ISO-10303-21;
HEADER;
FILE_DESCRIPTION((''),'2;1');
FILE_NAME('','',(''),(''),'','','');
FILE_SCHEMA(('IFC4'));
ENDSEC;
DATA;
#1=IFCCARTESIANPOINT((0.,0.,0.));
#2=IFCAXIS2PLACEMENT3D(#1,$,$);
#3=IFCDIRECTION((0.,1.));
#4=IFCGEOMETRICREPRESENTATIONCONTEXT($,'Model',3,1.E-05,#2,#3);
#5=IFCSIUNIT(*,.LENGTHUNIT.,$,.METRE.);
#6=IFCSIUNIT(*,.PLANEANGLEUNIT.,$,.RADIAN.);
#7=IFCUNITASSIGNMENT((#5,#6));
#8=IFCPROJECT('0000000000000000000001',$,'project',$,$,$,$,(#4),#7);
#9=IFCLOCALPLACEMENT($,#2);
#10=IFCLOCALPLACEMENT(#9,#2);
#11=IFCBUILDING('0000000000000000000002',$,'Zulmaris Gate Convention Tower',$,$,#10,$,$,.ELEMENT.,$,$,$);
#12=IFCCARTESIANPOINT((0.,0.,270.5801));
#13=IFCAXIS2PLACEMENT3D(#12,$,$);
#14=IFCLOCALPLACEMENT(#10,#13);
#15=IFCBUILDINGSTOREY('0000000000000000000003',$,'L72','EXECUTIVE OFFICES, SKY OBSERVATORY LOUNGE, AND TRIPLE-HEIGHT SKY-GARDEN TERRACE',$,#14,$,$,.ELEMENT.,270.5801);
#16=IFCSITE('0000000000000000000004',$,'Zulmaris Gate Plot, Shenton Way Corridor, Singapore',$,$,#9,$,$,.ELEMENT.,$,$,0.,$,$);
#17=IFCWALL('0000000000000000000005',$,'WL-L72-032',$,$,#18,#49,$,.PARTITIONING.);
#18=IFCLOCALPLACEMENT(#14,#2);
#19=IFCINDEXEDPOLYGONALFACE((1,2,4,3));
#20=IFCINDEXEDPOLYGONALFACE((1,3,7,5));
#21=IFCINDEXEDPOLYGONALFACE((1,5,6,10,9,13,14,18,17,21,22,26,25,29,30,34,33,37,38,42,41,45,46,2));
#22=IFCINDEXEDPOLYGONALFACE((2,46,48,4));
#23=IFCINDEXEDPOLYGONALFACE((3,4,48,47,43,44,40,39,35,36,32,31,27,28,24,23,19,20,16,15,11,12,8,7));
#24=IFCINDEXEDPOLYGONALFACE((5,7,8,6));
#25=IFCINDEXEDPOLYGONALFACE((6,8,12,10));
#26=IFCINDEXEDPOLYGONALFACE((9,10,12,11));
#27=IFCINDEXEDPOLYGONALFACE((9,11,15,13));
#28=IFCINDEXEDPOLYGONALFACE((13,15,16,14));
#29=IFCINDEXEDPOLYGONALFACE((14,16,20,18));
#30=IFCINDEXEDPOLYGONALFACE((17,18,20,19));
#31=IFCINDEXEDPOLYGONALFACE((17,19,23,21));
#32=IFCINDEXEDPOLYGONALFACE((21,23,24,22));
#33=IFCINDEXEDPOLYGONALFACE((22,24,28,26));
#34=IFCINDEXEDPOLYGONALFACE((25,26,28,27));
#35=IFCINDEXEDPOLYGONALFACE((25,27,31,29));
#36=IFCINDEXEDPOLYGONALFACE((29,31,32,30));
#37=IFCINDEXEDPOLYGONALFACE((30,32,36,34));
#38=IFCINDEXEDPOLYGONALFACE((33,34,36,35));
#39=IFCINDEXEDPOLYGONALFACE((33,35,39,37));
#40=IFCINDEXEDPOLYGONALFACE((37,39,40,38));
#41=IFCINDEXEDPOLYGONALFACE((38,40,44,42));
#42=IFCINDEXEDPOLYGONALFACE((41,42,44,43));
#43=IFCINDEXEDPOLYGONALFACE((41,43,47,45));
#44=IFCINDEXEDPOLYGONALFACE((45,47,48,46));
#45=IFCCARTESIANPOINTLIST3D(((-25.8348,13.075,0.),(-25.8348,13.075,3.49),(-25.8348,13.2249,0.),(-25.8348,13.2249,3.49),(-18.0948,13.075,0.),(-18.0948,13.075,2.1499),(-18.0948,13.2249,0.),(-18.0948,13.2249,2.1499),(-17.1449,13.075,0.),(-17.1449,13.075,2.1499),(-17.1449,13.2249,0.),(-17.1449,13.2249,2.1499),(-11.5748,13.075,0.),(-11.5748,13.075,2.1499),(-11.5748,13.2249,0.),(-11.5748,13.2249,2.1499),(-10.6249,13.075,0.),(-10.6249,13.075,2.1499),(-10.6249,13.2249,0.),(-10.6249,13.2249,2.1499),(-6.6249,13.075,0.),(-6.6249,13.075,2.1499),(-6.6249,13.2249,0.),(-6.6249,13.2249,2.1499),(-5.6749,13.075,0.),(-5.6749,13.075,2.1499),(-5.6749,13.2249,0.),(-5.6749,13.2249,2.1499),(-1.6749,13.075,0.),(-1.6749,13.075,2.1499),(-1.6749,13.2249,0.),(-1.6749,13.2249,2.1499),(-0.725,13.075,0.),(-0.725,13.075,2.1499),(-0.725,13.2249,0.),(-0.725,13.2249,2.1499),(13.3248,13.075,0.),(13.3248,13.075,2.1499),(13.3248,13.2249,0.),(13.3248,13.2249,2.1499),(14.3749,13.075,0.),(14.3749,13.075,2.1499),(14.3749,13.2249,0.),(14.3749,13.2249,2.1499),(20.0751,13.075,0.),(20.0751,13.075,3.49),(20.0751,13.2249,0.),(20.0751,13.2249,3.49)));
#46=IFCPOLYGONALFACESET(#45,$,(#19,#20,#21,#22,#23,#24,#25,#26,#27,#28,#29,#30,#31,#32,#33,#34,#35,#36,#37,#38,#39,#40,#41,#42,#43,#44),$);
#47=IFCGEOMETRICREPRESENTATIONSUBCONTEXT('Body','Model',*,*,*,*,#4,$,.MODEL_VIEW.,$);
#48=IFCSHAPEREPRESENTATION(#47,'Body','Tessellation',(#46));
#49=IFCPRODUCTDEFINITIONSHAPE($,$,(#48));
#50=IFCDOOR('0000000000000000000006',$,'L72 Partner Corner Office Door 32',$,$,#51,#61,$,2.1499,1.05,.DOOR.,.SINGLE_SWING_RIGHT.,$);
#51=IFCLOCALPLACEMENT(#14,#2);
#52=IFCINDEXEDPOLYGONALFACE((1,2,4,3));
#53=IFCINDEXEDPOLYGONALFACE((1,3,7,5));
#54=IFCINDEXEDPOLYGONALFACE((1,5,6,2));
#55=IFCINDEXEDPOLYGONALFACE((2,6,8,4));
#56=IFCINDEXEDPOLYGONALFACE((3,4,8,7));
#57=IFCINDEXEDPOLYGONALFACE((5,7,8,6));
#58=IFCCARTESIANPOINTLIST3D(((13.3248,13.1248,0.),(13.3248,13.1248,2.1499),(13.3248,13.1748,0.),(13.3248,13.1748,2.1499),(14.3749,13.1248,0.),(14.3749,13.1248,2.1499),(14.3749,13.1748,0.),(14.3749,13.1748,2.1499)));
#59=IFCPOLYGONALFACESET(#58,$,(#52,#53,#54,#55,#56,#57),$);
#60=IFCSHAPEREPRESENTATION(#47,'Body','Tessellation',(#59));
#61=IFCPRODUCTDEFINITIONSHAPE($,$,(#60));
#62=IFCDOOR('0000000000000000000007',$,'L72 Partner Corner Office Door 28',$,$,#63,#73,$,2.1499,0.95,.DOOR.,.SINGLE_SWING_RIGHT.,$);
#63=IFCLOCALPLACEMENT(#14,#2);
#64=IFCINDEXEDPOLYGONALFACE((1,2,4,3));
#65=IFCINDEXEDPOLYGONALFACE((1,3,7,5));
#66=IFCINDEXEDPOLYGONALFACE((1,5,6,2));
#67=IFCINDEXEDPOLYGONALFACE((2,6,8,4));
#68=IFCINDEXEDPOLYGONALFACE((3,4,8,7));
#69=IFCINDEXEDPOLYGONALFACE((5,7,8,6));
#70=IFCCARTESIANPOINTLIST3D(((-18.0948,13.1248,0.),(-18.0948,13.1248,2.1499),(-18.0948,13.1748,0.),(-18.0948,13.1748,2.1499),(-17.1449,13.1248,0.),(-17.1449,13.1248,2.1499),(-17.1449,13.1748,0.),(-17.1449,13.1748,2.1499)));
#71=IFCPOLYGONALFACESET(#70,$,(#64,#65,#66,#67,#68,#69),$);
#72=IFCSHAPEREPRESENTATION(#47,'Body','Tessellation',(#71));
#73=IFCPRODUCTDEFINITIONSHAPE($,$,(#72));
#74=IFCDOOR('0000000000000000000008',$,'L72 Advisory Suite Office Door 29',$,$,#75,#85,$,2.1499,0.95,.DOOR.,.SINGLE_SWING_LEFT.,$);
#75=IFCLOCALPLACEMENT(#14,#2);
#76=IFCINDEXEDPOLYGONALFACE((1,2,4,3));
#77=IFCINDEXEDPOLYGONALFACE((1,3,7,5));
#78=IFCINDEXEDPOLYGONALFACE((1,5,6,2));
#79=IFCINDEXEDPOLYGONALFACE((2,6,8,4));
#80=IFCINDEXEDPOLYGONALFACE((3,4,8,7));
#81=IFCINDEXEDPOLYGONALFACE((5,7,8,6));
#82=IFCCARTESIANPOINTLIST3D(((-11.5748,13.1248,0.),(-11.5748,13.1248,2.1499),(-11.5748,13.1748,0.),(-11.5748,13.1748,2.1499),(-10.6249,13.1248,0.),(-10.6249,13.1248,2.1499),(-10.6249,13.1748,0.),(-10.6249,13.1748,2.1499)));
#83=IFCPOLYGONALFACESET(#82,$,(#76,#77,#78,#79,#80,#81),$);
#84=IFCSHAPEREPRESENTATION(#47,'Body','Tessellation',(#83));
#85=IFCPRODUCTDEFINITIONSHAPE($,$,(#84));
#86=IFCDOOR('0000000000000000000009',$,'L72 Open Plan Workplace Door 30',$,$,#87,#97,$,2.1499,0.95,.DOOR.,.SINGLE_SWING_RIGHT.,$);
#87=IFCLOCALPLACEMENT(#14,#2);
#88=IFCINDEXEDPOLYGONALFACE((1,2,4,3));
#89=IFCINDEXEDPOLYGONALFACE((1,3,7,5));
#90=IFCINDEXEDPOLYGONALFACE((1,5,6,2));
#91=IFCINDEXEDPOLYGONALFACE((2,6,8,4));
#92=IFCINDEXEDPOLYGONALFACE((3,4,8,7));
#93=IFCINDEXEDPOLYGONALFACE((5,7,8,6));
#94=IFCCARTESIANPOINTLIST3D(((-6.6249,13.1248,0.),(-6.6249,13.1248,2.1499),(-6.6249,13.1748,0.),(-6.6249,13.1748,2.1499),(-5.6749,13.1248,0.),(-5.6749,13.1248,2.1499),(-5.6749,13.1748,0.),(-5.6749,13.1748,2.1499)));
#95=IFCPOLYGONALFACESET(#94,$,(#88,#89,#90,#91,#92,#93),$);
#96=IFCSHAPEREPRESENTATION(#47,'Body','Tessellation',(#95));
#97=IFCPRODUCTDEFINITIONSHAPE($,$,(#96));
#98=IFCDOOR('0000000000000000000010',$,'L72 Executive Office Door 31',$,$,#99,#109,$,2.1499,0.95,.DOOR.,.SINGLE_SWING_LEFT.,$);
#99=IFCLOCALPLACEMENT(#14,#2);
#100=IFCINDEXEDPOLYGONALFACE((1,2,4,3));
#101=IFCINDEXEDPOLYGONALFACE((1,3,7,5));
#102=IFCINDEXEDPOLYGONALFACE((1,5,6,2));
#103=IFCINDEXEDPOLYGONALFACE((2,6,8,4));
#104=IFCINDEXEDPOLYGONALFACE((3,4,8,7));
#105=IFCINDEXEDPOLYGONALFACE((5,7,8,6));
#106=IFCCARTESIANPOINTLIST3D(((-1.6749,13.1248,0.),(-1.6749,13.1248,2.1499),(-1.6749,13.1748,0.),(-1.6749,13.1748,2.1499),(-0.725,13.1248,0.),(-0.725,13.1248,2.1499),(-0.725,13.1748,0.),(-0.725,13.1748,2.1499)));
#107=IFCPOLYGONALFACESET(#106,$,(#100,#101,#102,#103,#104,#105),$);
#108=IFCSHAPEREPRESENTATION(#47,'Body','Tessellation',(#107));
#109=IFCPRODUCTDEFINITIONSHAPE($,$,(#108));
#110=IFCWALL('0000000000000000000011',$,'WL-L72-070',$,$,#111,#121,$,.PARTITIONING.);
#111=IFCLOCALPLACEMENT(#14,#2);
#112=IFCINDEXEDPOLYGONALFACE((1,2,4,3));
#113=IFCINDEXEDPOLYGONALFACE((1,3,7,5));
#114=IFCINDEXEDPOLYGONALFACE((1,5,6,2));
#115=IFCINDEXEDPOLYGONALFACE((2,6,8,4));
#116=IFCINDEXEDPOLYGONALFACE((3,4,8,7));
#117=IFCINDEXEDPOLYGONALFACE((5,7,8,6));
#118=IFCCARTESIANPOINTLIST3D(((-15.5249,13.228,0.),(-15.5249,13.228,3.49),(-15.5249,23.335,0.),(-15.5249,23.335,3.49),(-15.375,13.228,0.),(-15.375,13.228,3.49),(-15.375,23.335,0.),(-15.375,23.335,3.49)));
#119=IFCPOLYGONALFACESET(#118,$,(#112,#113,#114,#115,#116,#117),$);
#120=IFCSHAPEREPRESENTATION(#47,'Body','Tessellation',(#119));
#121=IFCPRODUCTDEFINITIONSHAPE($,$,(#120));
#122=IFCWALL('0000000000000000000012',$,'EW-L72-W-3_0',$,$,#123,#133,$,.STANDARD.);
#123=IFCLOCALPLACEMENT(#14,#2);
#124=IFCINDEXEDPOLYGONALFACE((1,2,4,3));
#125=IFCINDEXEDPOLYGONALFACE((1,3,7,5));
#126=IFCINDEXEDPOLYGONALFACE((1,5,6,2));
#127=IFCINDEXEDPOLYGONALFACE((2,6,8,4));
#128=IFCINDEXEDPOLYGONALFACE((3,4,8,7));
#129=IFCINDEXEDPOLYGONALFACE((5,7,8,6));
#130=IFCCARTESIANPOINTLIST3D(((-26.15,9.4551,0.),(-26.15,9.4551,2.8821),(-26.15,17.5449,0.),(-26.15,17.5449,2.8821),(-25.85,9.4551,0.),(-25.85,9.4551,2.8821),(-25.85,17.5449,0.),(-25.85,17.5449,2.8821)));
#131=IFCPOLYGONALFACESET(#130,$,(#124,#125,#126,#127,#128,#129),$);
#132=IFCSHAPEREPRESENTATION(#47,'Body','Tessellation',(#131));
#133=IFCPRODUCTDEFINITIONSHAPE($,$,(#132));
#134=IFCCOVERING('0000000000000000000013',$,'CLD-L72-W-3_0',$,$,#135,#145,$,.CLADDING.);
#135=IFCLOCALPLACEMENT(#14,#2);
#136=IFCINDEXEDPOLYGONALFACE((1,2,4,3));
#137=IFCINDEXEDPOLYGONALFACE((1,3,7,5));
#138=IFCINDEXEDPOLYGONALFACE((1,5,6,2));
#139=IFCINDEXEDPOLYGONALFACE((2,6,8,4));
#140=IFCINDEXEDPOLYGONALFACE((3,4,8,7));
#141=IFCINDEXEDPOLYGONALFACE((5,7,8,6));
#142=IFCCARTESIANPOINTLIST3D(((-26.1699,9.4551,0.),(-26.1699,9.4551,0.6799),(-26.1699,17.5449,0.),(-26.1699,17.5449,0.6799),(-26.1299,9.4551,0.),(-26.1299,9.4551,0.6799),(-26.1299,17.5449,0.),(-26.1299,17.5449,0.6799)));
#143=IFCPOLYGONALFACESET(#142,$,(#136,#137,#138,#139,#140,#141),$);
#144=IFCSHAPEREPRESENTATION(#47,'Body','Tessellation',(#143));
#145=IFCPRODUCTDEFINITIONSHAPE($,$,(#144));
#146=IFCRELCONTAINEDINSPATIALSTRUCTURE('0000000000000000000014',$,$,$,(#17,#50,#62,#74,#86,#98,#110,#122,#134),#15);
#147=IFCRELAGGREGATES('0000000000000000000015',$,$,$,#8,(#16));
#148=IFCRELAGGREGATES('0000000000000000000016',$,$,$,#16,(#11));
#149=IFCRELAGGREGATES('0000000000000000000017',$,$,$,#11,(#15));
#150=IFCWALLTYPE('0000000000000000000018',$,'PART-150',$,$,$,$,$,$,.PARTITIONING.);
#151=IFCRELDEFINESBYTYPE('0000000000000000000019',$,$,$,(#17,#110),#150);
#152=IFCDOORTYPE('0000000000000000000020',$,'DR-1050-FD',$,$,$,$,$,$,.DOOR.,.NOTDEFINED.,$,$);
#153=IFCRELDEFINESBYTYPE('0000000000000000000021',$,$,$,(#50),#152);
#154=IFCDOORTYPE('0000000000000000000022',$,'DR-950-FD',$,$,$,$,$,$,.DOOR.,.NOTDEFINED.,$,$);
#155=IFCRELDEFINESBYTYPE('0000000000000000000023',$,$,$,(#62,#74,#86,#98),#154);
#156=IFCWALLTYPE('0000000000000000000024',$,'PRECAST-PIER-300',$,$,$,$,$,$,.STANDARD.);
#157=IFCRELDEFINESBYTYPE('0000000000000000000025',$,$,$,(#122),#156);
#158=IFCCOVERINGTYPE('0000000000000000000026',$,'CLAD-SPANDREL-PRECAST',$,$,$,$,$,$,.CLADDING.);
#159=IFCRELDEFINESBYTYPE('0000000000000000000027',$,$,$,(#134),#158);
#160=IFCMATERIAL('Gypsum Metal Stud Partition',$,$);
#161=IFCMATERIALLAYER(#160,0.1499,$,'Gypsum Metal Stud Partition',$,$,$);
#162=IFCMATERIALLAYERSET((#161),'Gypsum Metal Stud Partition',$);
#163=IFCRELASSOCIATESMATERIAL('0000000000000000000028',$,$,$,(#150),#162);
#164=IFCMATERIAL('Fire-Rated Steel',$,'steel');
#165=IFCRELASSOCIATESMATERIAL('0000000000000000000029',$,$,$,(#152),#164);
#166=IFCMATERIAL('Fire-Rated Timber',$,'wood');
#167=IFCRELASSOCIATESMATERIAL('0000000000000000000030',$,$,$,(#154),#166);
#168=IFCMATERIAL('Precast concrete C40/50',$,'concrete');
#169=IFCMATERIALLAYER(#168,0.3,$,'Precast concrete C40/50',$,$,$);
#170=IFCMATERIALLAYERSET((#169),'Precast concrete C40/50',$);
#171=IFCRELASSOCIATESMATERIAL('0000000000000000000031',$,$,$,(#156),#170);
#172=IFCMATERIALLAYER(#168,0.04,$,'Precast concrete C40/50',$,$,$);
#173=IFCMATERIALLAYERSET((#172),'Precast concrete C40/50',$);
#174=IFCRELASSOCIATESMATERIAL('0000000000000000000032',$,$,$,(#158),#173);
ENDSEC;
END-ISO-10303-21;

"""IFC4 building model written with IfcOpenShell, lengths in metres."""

from ifc_helpers import new_model, si_unit, direction, frame, frame_2d, origin, place, context, subcontext, project, spatial, rectangle, extrude, material, layer, layer_set, type_object, element, fill, save


model = new_model("IFC4")

# Units and contexts
model_context = context("Model", 3, precision=1e-05, world=origin(), true_north=direction((0.0, 1.0)))
body_context = subcontext(model_context, "Body", "Model", "MODEL_VIEW")
ifc_project = project(units=[si_unit("LENGTHUNIT", "METRE"), si_unit("PLANEANGLEUNIT", "RADIAN")], contexts=[model_context])

# Site, building, storey
site_placement = place(None, origin())
site = spatial("IfcSite", under=ifc_project, at=site_placement, Name="Zulmaris Gate Plot, Shenton Way Corridor, Singapore", CompositionType="ELEMENT", RefElevation=0.0)
building_placement = place(site_placement, origin())
building = spatial("IfcBuilding", under=site, at=building_placement, Name="Zulmaris Gate Convention Tower", CompositionType="ELEMENT")
storey_placement = place(building_placement, frame((0.0, 0.0, 270.5801)))
storey = spatial("IfcBuildingStorey", under=building, at=storey_placement, Name="L72", Description="EXECUTIVE OFFICES, SKY OBSERVATORY LOUNGE, AND TRIPLE-HEIGHT SKY-GARDEN TERRACE", CompositionType="ELEMENT", Elevation=270.5801)

# Shared definitions
ifc_material_1 = material(Name="Fire-Rated Steel", Category="steel")

# Wall, openings, doors
ifc_material_2 = material(Name="Gypsum Metal Stud Partition")
ifc_layer_1 = layer(ifc_material_2, 0.1499, Name="Gypsum Metal Stud Partition")
ifc_layer_set_1 = layer_set([ifc_layer_1], Name="Gypsum Metal Stud Partition")
wall_type_1 = type_object("IfcWallType", Name="PART-150", PredefinedType="PARTITIONING", material=ifc_layer_set_1)
wall_1_placement = place(storey_placement, frame((-25.835, 13.1499, 0.0), z_axis=(0.0, 0.0, 1.0), x_axis=(1.0, 0.0, 0.0)))
wall_1 = element("IfcWall", 1, at=wall_1_placement, inside=storey, type_object=wall_type_1, Name="WL-L72-032", PredefinedType="PARTITIONING", context=body_context, shape_type="SweptSolid", body=[
    extrude(rectangle(XDim=45.9099, YDim=0.1499, at=frame_2d((22.9551, 0.0))), origin(), (0.0, 0.0, 1.0), 3.49),
])
opening_1_placement = place(wall_1_placement, frame((7.74, 0.0, 0.0)))
opening_1 = element("IfcOpeningElement", 2, at=opening_1_placement, cuts=wall_1, PredefinedType="OPENING", context=body_context, shape_type="SweptSolid", body=[
    extrude(rectangle(XDim=0.95, YDim=2.1499, at=frame_2d((0.4751, 1.075))), frame((0.0, 0.085, 0.0), z_axis=(0.0, -1.0, 0.0), x_axis=(1.0, 0.0, 0.0)), (0.0, 0.0, 1.0), 0.1699),
])
opening_2_placement = place(wall_1_placement, frame((14.26, 0.0, 0.0)))
opening_2 = element("IfcOpeningElement", 3, at=opening_2_placement, cuts=wall_1, PredefinedType="OPENING", context=body_context, shape_type="SweptSolid", body=[
    extrude(rectangle(XDim=0.95, YDim=2.1499, at=frame_2d((0.4751, 1.075))), frame((0.0, 0.085, 0.0), z_axis=(0.0, -1.0, 0.0), x_axis=(1.0, 0.0, 0.0)), (0.0, 0.0, 1.0), 0.1699),
])
opening_3_placement = place(wall_1_placement, frame((19.21, 0.0, 0.0)))
opening_3 = element("IfcOpeningElement", 4, at=opening_3_placement, cuts=wall_1, PredefinedType="OPENING", context=body_context, shape_type="SweptSolid", body=[
    extrude(rectangle(XDim=0.95, YDim=2.1499, at=frame_2d((0.4751, 1.075))), frame((0.0, 0.085, 0.0), z_axis=(0.0, -1.0, 0.0), x_axis=(1.0, 0.0, 0.0)), (0.0, 0.0, 1.0), 0.1699),
])
opening_4_placement = place(wall_1_placement, frame((24.1599, 0.0, 0.0)))
opening_4 = element("IfcOpeningElement", 5, at=opening_4_placement, cuts=wall_1, PredefinedType="OPENING", context=body_context, shape_type="SweptSolid", body=[
    extrude(rectangle(XDim=0.95, YDim=2.1499, at=frame_2d((0.4751, 1.075))), frame((0.0, 0.085, 0.0), z_axis=(0.0, -1.0, 0.0), x_axis=(1.0, 0.0, 0.0)), (0.0, 0.0, 1.0), 0.1699),
])
opening_5_placement = place(wall_1_placement, frame((39.1599, 0.0, 0.0)))
opening_5 = element("IfcOpeningElement", 6, at=opening_5_placement, cuts=wall_1, PredefinedType="OPENING", context=body_context, shape_type="SweptSolid", body=[
    extrude(rectangle(XDim=1.05, YDim=2.1499, at=frame_2d((0.5249, 1.075))), frame((0.0, 0.085, 0.0), z_axis=(0.0, -1.0, 0.0), x_axis=(1.0, 0.0, 0.0)), (0.0, 0.0, 1.0), 0.1699),
])
door_type_1 = type_object("IfcDoorType", Name="DR-1050-FD", OperationType="NOTDEFINED", PredefinedType="DOOR", material=ifc_material_1)
door_1_placement = place(opening_5_placement, origin())
door_1 = element("IfcDoor", 7, at=door_1_placement, inside=storey, type_object=door_type_1, Name="L72 Partner Corner Office Door 32", OperationType="SINGLE_SWING_RIGHT", OverallHeight=2.1499, OverallWidth=1.05, PredefinedType="DOOR", context=body_context, shape_type="SweptSolid", body=[
    extrude(rectangle(XDim=1.05, YDim=2.1499, at=frame_2d((0.5249, 1.075))), frame((0.0, 0.0249, 0.0), z_axis=(0.0, -1.0, 0.0), x_axis=(1.0, 0.0, 0.0)), (0.0, 0.0, 1.0), 0.05),
])
fill(opening_5, door_1)
ifc_material_3 = material(Name="Fire-Rated Timber", Category="wood")
door_type_2 = type_object("IfcDoorType", Name="DR-950-FD", OperationType="NOTDEFINED", PredefinedType="DOOR", material=ifc_material_3)
door_2_placement = place(opening_1_placement, origin())
door_2 = element("IfcDoor", 8, at=door_2_placement, inside=storey, type_object=door_type_2, Name="L72 Partner Corner Office Door 28", OperationType="SINGLE_SWING_RIGHT", OverallHeight=2.1499, OverallWidth=0.95, PredefinedType="DOOR", context=body_context, shape_type="SweptSolid", body=[
    extrude(rectangle(XDim=0.95, YDim=2.1499, at=frame_2d((0.4751, 1.075))), frame((0.0, 0.0249, 0.0), z_axis=(0.0, -1.0, 0.0), x_axis=(1.0, 0.0, 0.0)), (0.0, 0.0, 1.0), 0.05),
])
fill(opening_1, door_2)
door_3_placement = place(opening_2_placement, origin())
door_3 = element("IfcDoor", 9, at=door_3_placement, inside=storey, type_object=door_type_2, Name="L72 Advisory Suite Office Door 29", OperationType="SINGLE_SWING_LEFT", OverallHeight=2.1499, OverallWidth=0.95, PredefinedType="DOOR", context=body_context, shape_type="SweptSolid", body=[
    extrude(rectangle(XDim=0.95, YDim=2.1499, at=frame_2d((0.4751, 1.075))), frame((0.0, 0.0249, 0.0), z_axis=(0.0, -1.0, 0.0), x_axis=(1.0, 0.0, 0.0)), (0.0, 0.0, 1.0), 0.05),
])
fill(opening_2, door_3)
door_4_placement = place(opening_3_placement, origin())
door_4 = element("IfcDoor", 10, at=door_4_placement, inside=storey, type_object=door_type_2, Name="L72 Open Plan Workplace Door 30", OperationType="SINGLE_SWING_RIGHT", OverallHeight=2.1499, OverallWidth=0.95, PredefinedType="DOOR", context=body_context, shape_type="SweptSolid", body=[
    extrude(rectangle(XDim=0.95, YDim=2.1499, at=frame_2d((0.4751, 1.075))), frame((0.0, 0.0249, 0.0), z_axis=(0.0, -1.0, 0.0), x_axis=(1.0, 0.0, 0.0)), (0.0, 0.0, 1.0), 0.05),
])
fill(opening_3, door_4)
door_5_placement = place(opening_4_placement, origin())
door_5 = element("IfcDoor", 11, at=door_5_placement, inside=storey, type_object=door_type_2, Name="L72 Executive Office Door 31", OperationType="SINGLE_SWING_LEFT", OverallHeight=2.1499, OverallWidth=0.95, PredefinedType="DOOR", context=body_context, shape_type="SweptSolid", body=[
    extrude(rectangle(XDim=0.95, YDim=2.1499, at=frame_2d((0.4751, 1.075))), frame((0.0, 0.0249, 0.0), z_axis=(0.0, -1.0, 0.0), x_axis=(1.0, 0.0, 0.0)), (0.0, 0.0, 1.0), 0.05),
])
fill(opening_4, door_5)

# Walls
wall_2_placement = place(storey_placement, frame((-15.45, 13.228, 0.0), z_axis=(0.0, 0.0, 1.0), x_axis=(0.0, 1.0, 0.0)))
element("IfcWall", 12, at=wall_2_placement, inside=storey, type_object=wall_type_1, Name="WL-L72-070", PredefinedType="PARTITIONING", context=body_context, shape_type="SweptSolid", body=[
    extrude(rectangle(XDim=10.1069, YDim=0.1499, at=frame_2d((5.0535, 0.0))), origin(), (0.0, 0.0, 1.0), 3.49),
])
ifc_material_4 = material(Name="Precast concrete C40/50", Category="concrete")
ifc_layer_2 = layer(ifc_material_4, 0.3, Name="Precast concrete C40/50")
ifc_layer_set_2 = layer_set([ifc_layer_2], Name="Precast concrete C40/50")
wall_type_2 = type_object("IfcWallType", Name="PRECAST-PIER-300", PredefinedType="STANDARD", material=ifc_layer_set_2)
wall_3_placement = place(storey_placement, frame((-26.0, 17.5449, 0.0), z_axis=(0.0, 0.0, 1.0), x_axis=(0.0, -1.0, 0.0)))
element("IfcWall", 13, at=wall_3_placement, inside=storey, type_object=wall_type_2, Name="EW-L72-W-3_0", PredefinedType="STANDARD", context=body_context, shape_type="SweptSolid", body=[
    extrude(rectangle(XDim=8.0898, YDim=0.3, at=frame_2d((4.0449, 0.0))), origin(), (0.0, 0.0, 1.0), 2.8821),
])

# Covering
ifc_layer_3 = layer(ifc_material_4, 0.04, Name="Precast concrete C40/50")
ifc_layer_set_3 = layer_set([ifc_layer_3], Name="Precast concrete C40/50")
covering_type = type_object("IfcCoveringType", Name="CLAD-SPANDREL-PRECAST", PredefinedType="CLADDING", material=ifc_layer_set_3)
covering_placement = place(storey_placement, frame((-26.1499, 17.5449, 0.0), z_axis=(0.0, 0.0, 1.0), x_axis=(0.0, -1.0, 0.0)))
element("IfcCovering", 14, at=covering_placement, inside=storey, type_object=covering_type, Name="CLD-L72-W-3_0", PredefinedType="CLADDING", context=body_context, shape_type="SweptSolid", body=[
    extrude(rectangle(XDim=8.0898, YDim=0.04, at=frame_2d((4.0449, 0.0))), origin(), (0.0, 0.0, 1.0), 0.6799),
])

save(model, "model.ifc")
